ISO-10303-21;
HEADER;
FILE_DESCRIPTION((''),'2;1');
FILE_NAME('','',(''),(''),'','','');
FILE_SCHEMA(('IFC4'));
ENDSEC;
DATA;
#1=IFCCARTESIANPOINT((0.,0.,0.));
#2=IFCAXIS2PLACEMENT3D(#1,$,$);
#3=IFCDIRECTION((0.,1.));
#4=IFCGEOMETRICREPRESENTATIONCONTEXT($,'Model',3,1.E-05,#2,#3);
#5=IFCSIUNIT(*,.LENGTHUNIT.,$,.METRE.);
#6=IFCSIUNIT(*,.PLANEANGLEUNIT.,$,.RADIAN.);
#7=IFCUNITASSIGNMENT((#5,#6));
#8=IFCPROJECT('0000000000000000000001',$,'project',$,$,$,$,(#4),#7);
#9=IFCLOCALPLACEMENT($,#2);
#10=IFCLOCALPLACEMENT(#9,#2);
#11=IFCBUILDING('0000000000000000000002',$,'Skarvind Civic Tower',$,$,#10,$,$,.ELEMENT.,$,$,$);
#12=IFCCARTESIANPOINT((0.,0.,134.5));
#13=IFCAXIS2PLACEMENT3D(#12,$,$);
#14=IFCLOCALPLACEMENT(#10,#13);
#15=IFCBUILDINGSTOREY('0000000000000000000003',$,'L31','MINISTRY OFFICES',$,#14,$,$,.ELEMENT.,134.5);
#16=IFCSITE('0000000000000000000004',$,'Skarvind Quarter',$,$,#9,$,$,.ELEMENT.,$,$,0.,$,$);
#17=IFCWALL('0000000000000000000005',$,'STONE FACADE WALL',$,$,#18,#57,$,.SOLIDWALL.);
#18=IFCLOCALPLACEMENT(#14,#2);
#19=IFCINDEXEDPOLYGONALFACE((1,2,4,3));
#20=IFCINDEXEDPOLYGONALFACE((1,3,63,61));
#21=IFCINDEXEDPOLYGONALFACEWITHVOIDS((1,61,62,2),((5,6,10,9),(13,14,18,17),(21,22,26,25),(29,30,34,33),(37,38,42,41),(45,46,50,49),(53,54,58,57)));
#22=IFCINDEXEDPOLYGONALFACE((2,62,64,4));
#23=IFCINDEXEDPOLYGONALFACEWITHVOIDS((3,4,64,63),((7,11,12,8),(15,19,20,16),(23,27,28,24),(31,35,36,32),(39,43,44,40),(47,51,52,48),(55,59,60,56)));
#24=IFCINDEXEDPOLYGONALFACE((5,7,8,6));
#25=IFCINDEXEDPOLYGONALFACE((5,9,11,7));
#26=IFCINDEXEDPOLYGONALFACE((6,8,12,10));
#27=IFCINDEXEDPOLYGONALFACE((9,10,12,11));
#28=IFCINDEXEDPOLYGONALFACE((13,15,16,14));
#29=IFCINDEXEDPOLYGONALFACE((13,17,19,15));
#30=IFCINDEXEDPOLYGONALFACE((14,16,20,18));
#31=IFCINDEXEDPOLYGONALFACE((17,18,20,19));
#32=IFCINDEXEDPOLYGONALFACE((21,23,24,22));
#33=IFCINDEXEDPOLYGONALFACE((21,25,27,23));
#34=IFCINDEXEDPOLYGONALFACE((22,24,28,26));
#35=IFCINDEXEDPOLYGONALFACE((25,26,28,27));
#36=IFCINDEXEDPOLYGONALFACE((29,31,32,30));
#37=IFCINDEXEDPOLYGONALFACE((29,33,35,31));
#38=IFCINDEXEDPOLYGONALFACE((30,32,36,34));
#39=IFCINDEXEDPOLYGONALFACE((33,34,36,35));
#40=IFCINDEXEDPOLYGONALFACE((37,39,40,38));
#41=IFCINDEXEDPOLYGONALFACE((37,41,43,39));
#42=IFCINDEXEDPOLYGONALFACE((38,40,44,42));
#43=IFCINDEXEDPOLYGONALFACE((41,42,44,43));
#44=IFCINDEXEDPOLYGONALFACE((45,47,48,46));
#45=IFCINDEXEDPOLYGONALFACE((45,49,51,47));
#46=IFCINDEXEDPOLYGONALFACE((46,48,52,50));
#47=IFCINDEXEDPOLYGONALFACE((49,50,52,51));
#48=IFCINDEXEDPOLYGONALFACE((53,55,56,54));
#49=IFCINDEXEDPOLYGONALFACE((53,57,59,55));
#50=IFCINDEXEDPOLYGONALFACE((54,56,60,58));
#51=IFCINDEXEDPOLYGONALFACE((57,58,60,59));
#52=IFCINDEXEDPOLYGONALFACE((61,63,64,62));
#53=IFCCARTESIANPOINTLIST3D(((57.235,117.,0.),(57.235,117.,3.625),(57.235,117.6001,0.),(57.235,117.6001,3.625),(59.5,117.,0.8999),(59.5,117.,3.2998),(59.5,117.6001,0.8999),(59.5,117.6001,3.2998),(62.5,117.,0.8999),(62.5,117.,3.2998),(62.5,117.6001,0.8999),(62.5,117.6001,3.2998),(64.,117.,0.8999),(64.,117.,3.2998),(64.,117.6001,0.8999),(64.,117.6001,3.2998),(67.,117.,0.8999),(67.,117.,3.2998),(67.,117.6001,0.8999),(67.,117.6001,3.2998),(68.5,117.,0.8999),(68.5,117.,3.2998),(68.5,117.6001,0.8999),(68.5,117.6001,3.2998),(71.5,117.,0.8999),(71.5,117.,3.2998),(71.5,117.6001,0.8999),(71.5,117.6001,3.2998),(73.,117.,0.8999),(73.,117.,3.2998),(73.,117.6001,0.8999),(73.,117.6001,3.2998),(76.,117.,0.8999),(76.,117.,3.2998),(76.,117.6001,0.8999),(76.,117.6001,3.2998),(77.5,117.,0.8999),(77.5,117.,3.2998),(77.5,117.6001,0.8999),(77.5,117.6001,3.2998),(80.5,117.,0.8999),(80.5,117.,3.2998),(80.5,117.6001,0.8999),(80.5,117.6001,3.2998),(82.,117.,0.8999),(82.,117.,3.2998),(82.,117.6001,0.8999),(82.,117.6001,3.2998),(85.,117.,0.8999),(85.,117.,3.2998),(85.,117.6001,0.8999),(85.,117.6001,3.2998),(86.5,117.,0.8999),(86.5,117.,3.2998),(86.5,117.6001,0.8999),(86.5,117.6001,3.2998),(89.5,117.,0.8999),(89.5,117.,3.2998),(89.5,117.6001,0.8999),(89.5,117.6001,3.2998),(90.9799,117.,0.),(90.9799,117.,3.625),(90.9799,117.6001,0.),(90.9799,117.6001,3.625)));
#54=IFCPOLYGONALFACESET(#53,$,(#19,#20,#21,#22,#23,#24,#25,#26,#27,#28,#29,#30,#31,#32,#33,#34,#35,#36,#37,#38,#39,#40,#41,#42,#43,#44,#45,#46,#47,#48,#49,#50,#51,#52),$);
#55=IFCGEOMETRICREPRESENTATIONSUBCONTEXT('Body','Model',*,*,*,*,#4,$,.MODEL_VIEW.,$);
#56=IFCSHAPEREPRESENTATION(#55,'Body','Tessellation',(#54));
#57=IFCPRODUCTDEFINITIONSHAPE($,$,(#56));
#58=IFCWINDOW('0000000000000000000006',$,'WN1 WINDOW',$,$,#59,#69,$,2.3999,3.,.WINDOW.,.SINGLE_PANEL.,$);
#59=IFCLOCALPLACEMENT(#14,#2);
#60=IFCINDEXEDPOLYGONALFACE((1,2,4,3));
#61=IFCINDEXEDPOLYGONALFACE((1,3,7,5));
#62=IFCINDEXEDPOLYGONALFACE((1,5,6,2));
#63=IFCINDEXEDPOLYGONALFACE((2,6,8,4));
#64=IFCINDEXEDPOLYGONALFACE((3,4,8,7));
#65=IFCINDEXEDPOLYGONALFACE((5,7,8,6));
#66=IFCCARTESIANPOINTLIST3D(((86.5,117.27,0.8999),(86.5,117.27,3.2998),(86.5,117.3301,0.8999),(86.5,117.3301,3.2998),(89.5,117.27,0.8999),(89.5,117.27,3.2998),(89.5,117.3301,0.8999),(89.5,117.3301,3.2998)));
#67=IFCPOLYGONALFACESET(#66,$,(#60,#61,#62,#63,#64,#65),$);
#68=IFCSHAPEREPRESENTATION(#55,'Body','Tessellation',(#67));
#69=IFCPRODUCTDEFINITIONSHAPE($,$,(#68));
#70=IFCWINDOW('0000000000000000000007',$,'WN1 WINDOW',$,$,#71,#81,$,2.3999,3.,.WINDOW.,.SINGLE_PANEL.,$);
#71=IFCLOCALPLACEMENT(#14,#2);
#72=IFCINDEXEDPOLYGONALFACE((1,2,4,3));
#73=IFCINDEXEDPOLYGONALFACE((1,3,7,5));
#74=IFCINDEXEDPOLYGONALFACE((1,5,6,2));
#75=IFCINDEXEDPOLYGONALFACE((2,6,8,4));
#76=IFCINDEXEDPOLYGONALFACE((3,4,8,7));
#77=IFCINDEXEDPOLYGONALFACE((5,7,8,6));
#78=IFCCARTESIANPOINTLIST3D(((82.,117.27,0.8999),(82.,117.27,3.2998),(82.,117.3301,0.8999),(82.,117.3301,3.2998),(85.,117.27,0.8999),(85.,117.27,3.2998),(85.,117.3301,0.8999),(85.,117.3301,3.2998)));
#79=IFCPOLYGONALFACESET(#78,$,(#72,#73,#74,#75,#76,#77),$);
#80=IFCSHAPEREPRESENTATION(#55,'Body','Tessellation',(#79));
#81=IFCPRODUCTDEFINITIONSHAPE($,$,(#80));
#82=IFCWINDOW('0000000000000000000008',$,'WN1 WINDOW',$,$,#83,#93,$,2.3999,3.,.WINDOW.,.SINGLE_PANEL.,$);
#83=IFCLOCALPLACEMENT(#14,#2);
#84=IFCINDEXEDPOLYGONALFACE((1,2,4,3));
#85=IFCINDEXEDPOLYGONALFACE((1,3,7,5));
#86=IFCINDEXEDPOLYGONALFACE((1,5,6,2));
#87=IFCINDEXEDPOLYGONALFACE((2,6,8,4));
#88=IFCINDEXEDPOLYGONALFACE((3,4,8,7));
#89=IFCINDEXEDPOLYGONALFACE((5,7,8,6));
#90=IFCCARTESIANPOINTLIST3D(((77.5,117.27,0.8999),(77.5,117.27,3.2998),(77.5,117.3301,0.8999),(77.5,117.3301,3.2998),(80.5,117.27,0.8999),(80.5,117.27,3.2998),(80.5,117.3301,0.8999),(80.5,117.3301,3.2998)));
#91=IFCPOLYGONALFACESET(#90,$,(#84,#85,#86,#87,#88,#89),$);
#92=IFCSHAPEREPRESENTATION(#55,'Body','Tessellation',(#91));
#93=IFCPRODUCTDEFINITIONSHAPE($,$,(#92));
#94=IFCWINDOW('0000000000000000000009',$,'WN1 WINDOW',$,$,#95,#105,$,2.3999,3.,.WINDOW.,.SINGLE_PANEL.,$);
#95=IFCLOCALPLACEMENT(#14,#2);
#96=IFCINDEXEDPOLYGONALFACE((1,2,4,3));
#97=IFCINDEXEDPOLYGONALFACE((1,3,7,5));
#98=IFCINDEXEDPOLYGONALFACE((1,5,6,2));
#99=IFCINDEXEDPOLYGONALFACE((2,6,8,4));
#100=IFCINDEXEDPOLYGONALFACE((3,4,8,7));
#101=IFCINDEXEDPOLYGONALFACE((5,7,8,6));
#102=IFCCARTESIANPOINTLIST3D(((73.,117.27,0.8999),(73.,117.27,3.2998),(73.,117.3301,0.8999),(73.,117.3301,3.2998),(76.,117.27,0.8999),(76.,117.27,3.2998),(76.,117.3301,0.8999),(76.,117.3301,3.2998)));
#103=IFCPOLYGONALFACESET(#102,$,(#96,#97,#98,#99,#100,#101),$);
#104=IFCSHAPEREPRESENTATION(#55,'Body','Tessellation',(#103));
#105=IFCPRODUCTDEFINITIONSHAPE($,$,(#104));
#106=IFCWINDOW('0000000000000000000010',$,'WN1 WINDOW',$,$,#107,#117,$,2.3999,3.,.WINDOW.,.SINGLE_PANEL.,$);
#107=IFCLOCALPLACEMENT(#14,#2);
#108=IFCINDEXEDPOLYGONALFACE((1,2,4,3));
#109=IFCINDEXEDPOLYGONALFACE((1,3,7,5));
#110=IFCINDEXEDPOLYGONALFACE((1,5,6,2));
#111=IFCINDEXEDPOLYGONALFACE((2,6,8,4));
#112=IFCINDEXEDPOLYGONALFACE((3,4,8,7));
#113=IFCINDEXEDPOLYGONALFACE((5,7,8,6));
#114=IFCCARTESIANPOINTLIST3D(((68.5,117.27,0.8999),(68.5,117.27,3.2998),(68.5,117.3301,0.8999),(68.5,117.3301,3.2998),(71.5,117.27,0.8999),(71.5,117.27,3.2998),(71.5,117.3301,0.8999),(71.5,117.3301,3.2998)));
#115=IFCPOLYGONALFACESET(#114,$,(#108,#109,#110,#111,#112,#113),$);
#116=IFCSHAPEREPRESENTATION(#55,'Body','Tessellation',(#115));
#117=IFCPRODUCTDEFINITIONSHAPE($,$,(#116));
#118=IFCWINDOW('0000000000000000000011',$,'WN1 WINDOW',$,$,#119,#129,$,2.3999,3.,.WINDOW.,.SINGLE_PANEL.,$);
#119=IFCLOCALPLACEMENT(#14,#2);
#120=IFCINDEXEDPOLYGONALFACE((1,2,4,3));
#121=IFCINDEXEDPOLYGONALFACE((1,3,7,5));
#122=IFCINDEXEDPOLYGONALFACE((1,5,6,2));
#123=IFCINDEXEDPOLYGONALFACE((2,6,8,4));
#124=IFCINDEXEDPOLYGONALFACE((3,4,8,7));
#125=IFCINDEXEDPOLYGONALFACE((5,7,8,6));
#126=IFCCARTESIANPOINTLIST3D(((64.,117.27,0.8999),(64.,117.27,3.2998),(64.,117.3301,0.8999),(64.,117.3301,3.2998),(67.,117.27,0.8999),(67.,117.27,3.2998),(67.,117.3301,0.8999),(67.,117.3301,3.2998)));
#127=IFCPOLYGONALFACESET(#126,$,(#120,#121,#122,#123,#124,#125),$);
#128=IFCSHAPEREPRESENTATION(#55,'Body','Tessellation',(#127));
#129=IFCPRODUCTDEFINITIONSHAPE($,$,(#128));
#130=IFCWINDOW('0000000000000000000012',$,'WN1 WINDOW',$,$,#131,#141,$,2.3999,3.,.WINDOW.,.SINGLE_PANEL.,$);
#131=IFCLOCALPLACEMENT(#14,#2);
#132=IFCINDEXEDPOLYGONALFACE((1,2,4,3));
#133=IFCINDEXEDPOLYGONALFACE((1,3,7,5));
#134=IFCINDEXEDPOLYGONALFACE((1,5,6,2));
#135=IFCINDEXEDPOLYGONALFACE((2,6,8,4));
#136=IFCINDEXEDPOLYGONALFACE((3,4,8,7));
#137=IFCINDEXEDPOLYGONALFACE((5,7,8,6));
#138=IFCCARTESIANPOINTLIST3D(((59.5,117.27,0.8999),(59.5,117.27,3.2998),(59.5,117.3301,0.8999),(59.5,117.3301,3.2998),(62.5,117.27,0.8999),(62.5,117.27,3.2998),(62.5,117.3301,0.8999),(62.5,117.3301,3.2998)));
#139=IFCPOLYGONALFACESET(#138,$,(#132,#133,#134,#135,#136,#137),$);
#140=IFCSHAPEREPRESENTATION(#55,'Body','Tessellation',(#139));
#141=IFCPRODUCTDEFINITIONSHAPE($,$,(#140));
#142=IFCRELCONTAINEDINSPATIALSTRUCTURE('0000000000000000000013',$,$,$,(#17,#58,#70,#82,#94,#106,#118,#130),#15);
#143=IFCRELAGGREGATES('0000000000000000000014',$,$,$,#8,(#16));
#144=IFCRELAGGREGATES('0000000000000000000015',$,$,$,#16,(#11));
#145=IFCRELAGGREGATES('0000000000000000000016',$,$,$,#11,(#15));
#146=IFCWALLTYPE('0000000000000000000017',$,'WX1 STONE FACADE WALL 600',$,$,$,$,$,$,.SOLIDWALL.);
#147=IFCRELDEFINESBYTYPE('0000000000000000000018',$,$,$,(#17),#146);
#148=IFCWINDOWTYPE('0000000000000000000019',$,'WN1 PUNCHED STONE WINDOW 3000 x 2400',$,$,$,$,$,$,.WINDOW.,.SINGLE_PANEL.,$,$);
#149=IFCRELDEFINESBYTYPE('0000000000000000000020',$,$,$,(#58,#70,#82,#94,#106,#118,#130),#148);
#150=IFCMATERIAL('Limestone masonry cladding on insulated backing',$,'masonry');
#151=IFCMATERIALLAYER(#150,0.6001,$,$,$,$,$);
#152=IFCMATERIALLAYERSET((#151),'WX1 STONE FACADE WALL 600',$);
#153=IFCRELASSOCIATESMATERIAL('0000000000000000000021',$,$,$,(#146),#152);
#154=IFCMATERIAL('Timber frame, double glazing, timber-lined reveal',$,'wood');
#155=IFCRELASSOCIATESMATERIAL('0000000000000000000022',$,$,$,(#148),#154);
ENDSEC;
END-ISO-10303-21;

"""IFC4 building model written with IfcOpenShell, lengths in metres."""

from ifc_helpers import new_model, si_unit, direction, frame, frame_2d, origin, place, context, subcontext, project, spatial, rectangle, extrude, material, layer, layer_set, type_object, element, fill, save


model = new_model("IFC4")

# Units and contexts
model_context = context("Model", 3, precision=1e-05, world=origin(), true_north=direction((0.0, 1.0)))
body_context = subcontext(model_context, "Body", "Model", "MODEL_VIEW")
ifc_project = project(units=[si_unit("LENGTHUNIT", "METRE"), si_unit("PLANEANGLEUNIT", "RADIAN")], contexts=[model_context])

# Site, building, storey
site_placement = place(None, origin())
site = spatial("IfcSite", under=ifc_project, at=site_placement, Name="Skarvind Quarter", CompositionType="ELEMENT", RefElevation=0.0)
building_placement = place(site_placement, origin())
building = spatial("IfcBuilding", under=site, at=building_placement, Name="Skarvind Civic Tower", CompositionType="ELEMENT")
storey_placement = place(building_placement, frame((0.0, 0.0, 134.5)))
storey = spatial("IfcBuildingStorey", under=building, at=storey_placement, Name="L31", Description="MINISTRY OFFICES", CompositionType="ELEMENT", Elevation=134.5)

# Wall, openings, windows
ifc_material_1 = material(Name="Limestone masonry cladding on insulated backing", Category="masonry")
ifc_layer_1 = layer(ifc_material_1, 0.6001)
ifc_layer_set_1 = layer_set([ifc_layer_1], Name="WX1 STONE FACADE WALL 600")
wall_type_1 = type_object("IfcWallType", Name="WX1 STONE FACADE WALL 600", PredefinedType="SOLIDWALL", material=ifc_layer_set_1)
wall_1_placement = place(storey_placement, frame((90.98, 117.3, 0.0), z_axis=(0.0, 0.0, 1.0), x_axis=(-1.0, 0.0, 0.0)))
wall_1 = element("IfcWall", 1, at=wall_1_placement, inside=storey, type_object=wall_type_1, Name="STONE FACADE WALL", PredefinedType="SOLIDWALL", context=body_context, shape_type="SweptSolid", body=[
    extrude(rectangle(XDim=33.7449, YDim=0.6001, at=frame_2d((16.8726, 0.0))), origin(), (0.0, 0.0, 1.0), 3.625),
])
opening_1_placement = place(wall_1_placement, frame((1.48, 0.0, 0.8999)))
opening_1 = element("IfcOpeningElement", 2, at=opening_1_placement, cuts=wall_1, PredefinedType="OPENING", context=body_context, shape_type="SweptSolid", body=[
    extrude(rectangle(XDim=3.0, YDim=2.3999, at=frame_2d((1.5, 1.2))), frame((0.0, 0.3101, 0.0), z_axis=(0.0, -1.0, 0.0), x_axis=(1.0, 0.0, 0.0)), (0.0, 0.0, 1.0), 0.6201),
])
opening_2_placement = place(wall_1_placement, frame((5.98, 0.0, 0.8999)))
opening_2 = element("IfcOpeningElement", 3, at=opening_2_placement, cuts=wall_1, PredefinedType="OPENING", context=body_context, shape_type="SweptSolid", body=[
    extrude(rectangle(XDim=3.0, YDim=2.3999, at=frame_2d((1.5, 1.2))), frame((0.0, 0.3101, 0.0), z_axis=(0.0, -1.0, 0.0), x_axis=(1.0, 0.0, 0.0)), (0.0, 0.0, 1.0), 0.6201),
])
opening_3_placement = place(wall_1_placement, frame((10.48, 0.0, 0.8999)))
opening_3 = element("IfcOpeningElement", 4, at=opening_3_placement, cuts=wall_1, PredefinedType="OPENING", context=body_context, shape_type="SweptSolid", body=[
    extrude(rectangle(XDim=3.0, YDim=2.3999, at=frame_2d((1.5, 1.2))), frame((0.0, 0.3101, 0.0), z_axis=(0.0, -1.0, 0.0), x_axis=(1.0, 0.0, 0.0)), (0.0, 0.0, 1.0), 0.6201),
])
opening_4_placement = place(wall_1_placement, frame((14.98, 0.0, 0.8999)))
opening_4 = element("IfcOpeningElement", 5, at=opening_4_placement, cuts=wall_1, PredefinedType="OPENING", context=body_context, shape_type="SweptSolid", body=[
    extrude(rectangle(XDim=3.0, YDim=2.3999, at=frame_2d((1.5, 1.2))), frame((0.0, 0.3101, 0.0), z_axis=(0.0, -1.0, 0.0), x_axis=(1.0, 0.0, 0.0)), (0.0, 0.0, 1.0), 0.6201),
])
opening_5_placement = place(wall_1_placement, frame((19.48, 0.0, 0.8999)))
opening_5 = element("IfcOpeningElement", 6, at=opening_5_placement, cuts=wall_1, PredefinedType="OPENING", context=body_context, shape_type="SweptSolid", body=[
    extrude(rectangle(XDim=3.0, YDim=2.3999, at=frame_2d((1.5, 1.2))), frame((0.0, 0.3101, 0.0), z_axis=(0.0, -1.0, 0.0), x_axis=(1.0, 0.0, 0.0)), (0.0, 0.0, 1.0), 0.6201),
])
opening_6_placement = place(wall_1_placement, frame((23.98, 0.0, 0.8999)))
opening_6 = element("IfcOpeningElement", 7, at=opening_6_placement, cuts=wall_1, PredefinedType="OPENING", context=body_context, shape_type="SweptSolid", body=[
    extrude(rectangle(XDim=3.0, YDim=2.3999, at=frame_2d((1.5, 1.2))), frame((0.0, 0.3101, 0.0), z_axis=(0.0, -1.0, 0.0), x_axis=(1.0, 0.0, 0.0)), (0.0, 0.0, 1.0), 0.6201),
])
opening_7_placement = place(wall_1_placement, frame((28.48, 0.0, 0.8999)))
opening_7 = element("IfcOpeningElement", 8, at=opening_7_placement, cuts=wall_1, PredefinedType="OPENING", context=body_context, shape_type="SweptSolid", body=[
    extrude(rectangle(XDim=3.0, YDim=2.3999, at=frame_2d((1.5, 1.2))), frame((0.0, 0.3101, 0.0), z_axis=(0.0, -1.0, 0.0), x_axis=(1.0, 0.0, 0.0)), (0.0, 0.0, 1.0), 0.6201),
])
ifc_material_2 = material(Name="Timber frame, double glazing, timber-lined reveal", Category="wood")
window_type = type_object("IfcWindowType", Name="WN1 PUNCHED STONE WINDOW 3000 x 2400", PartitioningType="SINGLE_PANEL", PredefinedType="WINDOW", material=ifc_material_2)
window_1_placement = place(opening_1_placement, origin())
window_1 = element("IfcWindow", 9, at=window_1_placement, inside=storey, type_object=window_type, Name="WN1 WINDOW", OverallHeight=2.3999, OverallWidth=3.0, PartitioningType="SINGLE_PANEL", PredefinedType="WINDOW", context=body_context, shape_type="SweptSolid", body=[
    extrude(rectangle(XDim=3.0, YDim=2.3999, at=frame_2d((1.5, 1.2))), frame((0.0, 0.03, 0.0), z_axis=(0.0, -1.0, 0.0), x_axis=(1.0, 0.0, 0.0)), (0.0, 0.0, 1.0), 0.0601),
])
fill(opening_1, window_1)
window_2_placement = place(opening_2_placement, origin())
window_2 = element("IfcWindow", 10, at=window_2_placement, inside=storey, type_object=window_type, Name="WN1 WINDOW", OverallHeight=2.3999, OverallWidth=3.0, PartitioningType="SINGLE_PANEL", PredefinedType="WINDOW", context=body_context, shape_type="SweptSolid", body=[
    extrude(rectangle(XDim=3.0, YDim=2.3999, at=frame_2d((1.5, 1.2))), frame((0.0, 0.03, 0.0), z_axis=(0.0, -1.0, 0.0), x_axis=(1.0, 0.0, 0.0)), (0.0, 0.0, 1.0), 0.0601),
])
fill(opening_2, window_2)
window_3_placement = place(opening_3_placement, origin())
window_3 = element("IfcWindow", 11, at=window_3_placement, inside=storey, type_object=window_type, Name="WN1 WINDOW", OverallHeight=2.3999, OverallWidth=3.0, PartitioningType="SINGLE_PANEL", PredefinedType="WINDOW", context=body_context, shape_type="SweptSolid", body=[
    extrude(rectangle(XDim=3.0, YDim=2.3999, at=frame_2d((1.5, 1.2))), frame((0.0, 0.03, 0.0), z_axis=(0.0, -1.0, 0.0), x_axis=(1.0, 0.0, 0.0)), (0.0, 0.0, 1.0), 0.0601),
])
fill(opening_3, window_3)
window_4_placement = place(opening_4_placement, origin())
window_4 = element("IfcWindow", 12, at=window_4_placement, inside=storey, type_object=window_type, Name="WN1 WINDOW", OverallHeight=2.3999, OverallWidth=3.0, PartitioningType="SINGLE_PANEL", PredefinedType="WINDOW", context=body_context, shape_type="SweptSolid", body=[
    extrude(rectangle(XDim=3.0, YDim=2.3999, at=frame_2d((1.5, 1.2))), frame((0.0, 0.03, 0.0), z_axis=(0.0, -1.0, 0.0), x_axis=(1.0, 0.0, 0.0)), (0.0, 0.0, 1.0), 0.0601),
])
fill(opening_4, window_4)
window_5_placement = place(opening_5_placement, origin())
window_5 = element("IfcWindow", 13, at=window_5_placement, inside=storey, type_object=window_type, Name="WN1 WINDOW", OverallHeight=2.3999, OverallWidth=3.0, PartitioningType="SINGLE_PANEL", PredefinedType="WINDOW", context=body_context, shape_type="SweptSolid", body=[
    extrude(rectangle(XDim=3.0, YDim=2.3999, at=frame_2d((1.5, 1.2))), frame((0.0, 0.03, 0.0), z_axis=(0.0, -1.0, 0.0), x_axis=(1.0, 0.0, 0.0)), (0.0, 0.0, 1.0), 0.0601),
])
fill(opening_5, window_5)
window_6_placement = place(opening_6_placement, origin())
window_6 = element("IfcWindow", 14, at=window_6_placement, inside=storey, type_object=window_type, Name="WN1 WINDOW", OverallHeight=2.3999, OverallWidth=3.0, PartitioningType="SINGLE_PANEL", PredefinedType="WINDOW", context=body_context, shape_type="SweptSolid", body=[
    extrude(rectangle(XDim=3.0, YDim=2.3999, at=frame_2d((1.5, 1.2))), frame((0.0, 0.03, 0.0), z_axis=(0.0, -1.0, 0.0), x_axis=(1.0, 0.0, 0.0)), (0.0, 0.0, 1.0), 0.0601),
])
fill(opening_6, window_6)
window_7_placement = place(opening_7_placement, origin())
window_7 = element("IfcWindow", 15, at=window_7_placement, inside=storey, type_object=window_type, Name="WN1 WINDOW", OverallHeight=2.3999, OverallWidth=3.0, PartitioningType="SINGLE_PANEL", PredefinedType="WINDOW", context=body_context, shape_type="SweptSolid", body=[
    extrude(rectangle(XDim=3.0, YDim=2.3999, at=frame_2d((1.5, 1.2))), frame((0.0, 0.03, 0.0), z_axis=(0.0, -1.0, 0.0), x_axis=(1.0, 0.0, 0.0)), (0.0, 0.0, 1.0), 0.0601),
])
fill(opening_7, window_7)

save(model, "model.ifc")
